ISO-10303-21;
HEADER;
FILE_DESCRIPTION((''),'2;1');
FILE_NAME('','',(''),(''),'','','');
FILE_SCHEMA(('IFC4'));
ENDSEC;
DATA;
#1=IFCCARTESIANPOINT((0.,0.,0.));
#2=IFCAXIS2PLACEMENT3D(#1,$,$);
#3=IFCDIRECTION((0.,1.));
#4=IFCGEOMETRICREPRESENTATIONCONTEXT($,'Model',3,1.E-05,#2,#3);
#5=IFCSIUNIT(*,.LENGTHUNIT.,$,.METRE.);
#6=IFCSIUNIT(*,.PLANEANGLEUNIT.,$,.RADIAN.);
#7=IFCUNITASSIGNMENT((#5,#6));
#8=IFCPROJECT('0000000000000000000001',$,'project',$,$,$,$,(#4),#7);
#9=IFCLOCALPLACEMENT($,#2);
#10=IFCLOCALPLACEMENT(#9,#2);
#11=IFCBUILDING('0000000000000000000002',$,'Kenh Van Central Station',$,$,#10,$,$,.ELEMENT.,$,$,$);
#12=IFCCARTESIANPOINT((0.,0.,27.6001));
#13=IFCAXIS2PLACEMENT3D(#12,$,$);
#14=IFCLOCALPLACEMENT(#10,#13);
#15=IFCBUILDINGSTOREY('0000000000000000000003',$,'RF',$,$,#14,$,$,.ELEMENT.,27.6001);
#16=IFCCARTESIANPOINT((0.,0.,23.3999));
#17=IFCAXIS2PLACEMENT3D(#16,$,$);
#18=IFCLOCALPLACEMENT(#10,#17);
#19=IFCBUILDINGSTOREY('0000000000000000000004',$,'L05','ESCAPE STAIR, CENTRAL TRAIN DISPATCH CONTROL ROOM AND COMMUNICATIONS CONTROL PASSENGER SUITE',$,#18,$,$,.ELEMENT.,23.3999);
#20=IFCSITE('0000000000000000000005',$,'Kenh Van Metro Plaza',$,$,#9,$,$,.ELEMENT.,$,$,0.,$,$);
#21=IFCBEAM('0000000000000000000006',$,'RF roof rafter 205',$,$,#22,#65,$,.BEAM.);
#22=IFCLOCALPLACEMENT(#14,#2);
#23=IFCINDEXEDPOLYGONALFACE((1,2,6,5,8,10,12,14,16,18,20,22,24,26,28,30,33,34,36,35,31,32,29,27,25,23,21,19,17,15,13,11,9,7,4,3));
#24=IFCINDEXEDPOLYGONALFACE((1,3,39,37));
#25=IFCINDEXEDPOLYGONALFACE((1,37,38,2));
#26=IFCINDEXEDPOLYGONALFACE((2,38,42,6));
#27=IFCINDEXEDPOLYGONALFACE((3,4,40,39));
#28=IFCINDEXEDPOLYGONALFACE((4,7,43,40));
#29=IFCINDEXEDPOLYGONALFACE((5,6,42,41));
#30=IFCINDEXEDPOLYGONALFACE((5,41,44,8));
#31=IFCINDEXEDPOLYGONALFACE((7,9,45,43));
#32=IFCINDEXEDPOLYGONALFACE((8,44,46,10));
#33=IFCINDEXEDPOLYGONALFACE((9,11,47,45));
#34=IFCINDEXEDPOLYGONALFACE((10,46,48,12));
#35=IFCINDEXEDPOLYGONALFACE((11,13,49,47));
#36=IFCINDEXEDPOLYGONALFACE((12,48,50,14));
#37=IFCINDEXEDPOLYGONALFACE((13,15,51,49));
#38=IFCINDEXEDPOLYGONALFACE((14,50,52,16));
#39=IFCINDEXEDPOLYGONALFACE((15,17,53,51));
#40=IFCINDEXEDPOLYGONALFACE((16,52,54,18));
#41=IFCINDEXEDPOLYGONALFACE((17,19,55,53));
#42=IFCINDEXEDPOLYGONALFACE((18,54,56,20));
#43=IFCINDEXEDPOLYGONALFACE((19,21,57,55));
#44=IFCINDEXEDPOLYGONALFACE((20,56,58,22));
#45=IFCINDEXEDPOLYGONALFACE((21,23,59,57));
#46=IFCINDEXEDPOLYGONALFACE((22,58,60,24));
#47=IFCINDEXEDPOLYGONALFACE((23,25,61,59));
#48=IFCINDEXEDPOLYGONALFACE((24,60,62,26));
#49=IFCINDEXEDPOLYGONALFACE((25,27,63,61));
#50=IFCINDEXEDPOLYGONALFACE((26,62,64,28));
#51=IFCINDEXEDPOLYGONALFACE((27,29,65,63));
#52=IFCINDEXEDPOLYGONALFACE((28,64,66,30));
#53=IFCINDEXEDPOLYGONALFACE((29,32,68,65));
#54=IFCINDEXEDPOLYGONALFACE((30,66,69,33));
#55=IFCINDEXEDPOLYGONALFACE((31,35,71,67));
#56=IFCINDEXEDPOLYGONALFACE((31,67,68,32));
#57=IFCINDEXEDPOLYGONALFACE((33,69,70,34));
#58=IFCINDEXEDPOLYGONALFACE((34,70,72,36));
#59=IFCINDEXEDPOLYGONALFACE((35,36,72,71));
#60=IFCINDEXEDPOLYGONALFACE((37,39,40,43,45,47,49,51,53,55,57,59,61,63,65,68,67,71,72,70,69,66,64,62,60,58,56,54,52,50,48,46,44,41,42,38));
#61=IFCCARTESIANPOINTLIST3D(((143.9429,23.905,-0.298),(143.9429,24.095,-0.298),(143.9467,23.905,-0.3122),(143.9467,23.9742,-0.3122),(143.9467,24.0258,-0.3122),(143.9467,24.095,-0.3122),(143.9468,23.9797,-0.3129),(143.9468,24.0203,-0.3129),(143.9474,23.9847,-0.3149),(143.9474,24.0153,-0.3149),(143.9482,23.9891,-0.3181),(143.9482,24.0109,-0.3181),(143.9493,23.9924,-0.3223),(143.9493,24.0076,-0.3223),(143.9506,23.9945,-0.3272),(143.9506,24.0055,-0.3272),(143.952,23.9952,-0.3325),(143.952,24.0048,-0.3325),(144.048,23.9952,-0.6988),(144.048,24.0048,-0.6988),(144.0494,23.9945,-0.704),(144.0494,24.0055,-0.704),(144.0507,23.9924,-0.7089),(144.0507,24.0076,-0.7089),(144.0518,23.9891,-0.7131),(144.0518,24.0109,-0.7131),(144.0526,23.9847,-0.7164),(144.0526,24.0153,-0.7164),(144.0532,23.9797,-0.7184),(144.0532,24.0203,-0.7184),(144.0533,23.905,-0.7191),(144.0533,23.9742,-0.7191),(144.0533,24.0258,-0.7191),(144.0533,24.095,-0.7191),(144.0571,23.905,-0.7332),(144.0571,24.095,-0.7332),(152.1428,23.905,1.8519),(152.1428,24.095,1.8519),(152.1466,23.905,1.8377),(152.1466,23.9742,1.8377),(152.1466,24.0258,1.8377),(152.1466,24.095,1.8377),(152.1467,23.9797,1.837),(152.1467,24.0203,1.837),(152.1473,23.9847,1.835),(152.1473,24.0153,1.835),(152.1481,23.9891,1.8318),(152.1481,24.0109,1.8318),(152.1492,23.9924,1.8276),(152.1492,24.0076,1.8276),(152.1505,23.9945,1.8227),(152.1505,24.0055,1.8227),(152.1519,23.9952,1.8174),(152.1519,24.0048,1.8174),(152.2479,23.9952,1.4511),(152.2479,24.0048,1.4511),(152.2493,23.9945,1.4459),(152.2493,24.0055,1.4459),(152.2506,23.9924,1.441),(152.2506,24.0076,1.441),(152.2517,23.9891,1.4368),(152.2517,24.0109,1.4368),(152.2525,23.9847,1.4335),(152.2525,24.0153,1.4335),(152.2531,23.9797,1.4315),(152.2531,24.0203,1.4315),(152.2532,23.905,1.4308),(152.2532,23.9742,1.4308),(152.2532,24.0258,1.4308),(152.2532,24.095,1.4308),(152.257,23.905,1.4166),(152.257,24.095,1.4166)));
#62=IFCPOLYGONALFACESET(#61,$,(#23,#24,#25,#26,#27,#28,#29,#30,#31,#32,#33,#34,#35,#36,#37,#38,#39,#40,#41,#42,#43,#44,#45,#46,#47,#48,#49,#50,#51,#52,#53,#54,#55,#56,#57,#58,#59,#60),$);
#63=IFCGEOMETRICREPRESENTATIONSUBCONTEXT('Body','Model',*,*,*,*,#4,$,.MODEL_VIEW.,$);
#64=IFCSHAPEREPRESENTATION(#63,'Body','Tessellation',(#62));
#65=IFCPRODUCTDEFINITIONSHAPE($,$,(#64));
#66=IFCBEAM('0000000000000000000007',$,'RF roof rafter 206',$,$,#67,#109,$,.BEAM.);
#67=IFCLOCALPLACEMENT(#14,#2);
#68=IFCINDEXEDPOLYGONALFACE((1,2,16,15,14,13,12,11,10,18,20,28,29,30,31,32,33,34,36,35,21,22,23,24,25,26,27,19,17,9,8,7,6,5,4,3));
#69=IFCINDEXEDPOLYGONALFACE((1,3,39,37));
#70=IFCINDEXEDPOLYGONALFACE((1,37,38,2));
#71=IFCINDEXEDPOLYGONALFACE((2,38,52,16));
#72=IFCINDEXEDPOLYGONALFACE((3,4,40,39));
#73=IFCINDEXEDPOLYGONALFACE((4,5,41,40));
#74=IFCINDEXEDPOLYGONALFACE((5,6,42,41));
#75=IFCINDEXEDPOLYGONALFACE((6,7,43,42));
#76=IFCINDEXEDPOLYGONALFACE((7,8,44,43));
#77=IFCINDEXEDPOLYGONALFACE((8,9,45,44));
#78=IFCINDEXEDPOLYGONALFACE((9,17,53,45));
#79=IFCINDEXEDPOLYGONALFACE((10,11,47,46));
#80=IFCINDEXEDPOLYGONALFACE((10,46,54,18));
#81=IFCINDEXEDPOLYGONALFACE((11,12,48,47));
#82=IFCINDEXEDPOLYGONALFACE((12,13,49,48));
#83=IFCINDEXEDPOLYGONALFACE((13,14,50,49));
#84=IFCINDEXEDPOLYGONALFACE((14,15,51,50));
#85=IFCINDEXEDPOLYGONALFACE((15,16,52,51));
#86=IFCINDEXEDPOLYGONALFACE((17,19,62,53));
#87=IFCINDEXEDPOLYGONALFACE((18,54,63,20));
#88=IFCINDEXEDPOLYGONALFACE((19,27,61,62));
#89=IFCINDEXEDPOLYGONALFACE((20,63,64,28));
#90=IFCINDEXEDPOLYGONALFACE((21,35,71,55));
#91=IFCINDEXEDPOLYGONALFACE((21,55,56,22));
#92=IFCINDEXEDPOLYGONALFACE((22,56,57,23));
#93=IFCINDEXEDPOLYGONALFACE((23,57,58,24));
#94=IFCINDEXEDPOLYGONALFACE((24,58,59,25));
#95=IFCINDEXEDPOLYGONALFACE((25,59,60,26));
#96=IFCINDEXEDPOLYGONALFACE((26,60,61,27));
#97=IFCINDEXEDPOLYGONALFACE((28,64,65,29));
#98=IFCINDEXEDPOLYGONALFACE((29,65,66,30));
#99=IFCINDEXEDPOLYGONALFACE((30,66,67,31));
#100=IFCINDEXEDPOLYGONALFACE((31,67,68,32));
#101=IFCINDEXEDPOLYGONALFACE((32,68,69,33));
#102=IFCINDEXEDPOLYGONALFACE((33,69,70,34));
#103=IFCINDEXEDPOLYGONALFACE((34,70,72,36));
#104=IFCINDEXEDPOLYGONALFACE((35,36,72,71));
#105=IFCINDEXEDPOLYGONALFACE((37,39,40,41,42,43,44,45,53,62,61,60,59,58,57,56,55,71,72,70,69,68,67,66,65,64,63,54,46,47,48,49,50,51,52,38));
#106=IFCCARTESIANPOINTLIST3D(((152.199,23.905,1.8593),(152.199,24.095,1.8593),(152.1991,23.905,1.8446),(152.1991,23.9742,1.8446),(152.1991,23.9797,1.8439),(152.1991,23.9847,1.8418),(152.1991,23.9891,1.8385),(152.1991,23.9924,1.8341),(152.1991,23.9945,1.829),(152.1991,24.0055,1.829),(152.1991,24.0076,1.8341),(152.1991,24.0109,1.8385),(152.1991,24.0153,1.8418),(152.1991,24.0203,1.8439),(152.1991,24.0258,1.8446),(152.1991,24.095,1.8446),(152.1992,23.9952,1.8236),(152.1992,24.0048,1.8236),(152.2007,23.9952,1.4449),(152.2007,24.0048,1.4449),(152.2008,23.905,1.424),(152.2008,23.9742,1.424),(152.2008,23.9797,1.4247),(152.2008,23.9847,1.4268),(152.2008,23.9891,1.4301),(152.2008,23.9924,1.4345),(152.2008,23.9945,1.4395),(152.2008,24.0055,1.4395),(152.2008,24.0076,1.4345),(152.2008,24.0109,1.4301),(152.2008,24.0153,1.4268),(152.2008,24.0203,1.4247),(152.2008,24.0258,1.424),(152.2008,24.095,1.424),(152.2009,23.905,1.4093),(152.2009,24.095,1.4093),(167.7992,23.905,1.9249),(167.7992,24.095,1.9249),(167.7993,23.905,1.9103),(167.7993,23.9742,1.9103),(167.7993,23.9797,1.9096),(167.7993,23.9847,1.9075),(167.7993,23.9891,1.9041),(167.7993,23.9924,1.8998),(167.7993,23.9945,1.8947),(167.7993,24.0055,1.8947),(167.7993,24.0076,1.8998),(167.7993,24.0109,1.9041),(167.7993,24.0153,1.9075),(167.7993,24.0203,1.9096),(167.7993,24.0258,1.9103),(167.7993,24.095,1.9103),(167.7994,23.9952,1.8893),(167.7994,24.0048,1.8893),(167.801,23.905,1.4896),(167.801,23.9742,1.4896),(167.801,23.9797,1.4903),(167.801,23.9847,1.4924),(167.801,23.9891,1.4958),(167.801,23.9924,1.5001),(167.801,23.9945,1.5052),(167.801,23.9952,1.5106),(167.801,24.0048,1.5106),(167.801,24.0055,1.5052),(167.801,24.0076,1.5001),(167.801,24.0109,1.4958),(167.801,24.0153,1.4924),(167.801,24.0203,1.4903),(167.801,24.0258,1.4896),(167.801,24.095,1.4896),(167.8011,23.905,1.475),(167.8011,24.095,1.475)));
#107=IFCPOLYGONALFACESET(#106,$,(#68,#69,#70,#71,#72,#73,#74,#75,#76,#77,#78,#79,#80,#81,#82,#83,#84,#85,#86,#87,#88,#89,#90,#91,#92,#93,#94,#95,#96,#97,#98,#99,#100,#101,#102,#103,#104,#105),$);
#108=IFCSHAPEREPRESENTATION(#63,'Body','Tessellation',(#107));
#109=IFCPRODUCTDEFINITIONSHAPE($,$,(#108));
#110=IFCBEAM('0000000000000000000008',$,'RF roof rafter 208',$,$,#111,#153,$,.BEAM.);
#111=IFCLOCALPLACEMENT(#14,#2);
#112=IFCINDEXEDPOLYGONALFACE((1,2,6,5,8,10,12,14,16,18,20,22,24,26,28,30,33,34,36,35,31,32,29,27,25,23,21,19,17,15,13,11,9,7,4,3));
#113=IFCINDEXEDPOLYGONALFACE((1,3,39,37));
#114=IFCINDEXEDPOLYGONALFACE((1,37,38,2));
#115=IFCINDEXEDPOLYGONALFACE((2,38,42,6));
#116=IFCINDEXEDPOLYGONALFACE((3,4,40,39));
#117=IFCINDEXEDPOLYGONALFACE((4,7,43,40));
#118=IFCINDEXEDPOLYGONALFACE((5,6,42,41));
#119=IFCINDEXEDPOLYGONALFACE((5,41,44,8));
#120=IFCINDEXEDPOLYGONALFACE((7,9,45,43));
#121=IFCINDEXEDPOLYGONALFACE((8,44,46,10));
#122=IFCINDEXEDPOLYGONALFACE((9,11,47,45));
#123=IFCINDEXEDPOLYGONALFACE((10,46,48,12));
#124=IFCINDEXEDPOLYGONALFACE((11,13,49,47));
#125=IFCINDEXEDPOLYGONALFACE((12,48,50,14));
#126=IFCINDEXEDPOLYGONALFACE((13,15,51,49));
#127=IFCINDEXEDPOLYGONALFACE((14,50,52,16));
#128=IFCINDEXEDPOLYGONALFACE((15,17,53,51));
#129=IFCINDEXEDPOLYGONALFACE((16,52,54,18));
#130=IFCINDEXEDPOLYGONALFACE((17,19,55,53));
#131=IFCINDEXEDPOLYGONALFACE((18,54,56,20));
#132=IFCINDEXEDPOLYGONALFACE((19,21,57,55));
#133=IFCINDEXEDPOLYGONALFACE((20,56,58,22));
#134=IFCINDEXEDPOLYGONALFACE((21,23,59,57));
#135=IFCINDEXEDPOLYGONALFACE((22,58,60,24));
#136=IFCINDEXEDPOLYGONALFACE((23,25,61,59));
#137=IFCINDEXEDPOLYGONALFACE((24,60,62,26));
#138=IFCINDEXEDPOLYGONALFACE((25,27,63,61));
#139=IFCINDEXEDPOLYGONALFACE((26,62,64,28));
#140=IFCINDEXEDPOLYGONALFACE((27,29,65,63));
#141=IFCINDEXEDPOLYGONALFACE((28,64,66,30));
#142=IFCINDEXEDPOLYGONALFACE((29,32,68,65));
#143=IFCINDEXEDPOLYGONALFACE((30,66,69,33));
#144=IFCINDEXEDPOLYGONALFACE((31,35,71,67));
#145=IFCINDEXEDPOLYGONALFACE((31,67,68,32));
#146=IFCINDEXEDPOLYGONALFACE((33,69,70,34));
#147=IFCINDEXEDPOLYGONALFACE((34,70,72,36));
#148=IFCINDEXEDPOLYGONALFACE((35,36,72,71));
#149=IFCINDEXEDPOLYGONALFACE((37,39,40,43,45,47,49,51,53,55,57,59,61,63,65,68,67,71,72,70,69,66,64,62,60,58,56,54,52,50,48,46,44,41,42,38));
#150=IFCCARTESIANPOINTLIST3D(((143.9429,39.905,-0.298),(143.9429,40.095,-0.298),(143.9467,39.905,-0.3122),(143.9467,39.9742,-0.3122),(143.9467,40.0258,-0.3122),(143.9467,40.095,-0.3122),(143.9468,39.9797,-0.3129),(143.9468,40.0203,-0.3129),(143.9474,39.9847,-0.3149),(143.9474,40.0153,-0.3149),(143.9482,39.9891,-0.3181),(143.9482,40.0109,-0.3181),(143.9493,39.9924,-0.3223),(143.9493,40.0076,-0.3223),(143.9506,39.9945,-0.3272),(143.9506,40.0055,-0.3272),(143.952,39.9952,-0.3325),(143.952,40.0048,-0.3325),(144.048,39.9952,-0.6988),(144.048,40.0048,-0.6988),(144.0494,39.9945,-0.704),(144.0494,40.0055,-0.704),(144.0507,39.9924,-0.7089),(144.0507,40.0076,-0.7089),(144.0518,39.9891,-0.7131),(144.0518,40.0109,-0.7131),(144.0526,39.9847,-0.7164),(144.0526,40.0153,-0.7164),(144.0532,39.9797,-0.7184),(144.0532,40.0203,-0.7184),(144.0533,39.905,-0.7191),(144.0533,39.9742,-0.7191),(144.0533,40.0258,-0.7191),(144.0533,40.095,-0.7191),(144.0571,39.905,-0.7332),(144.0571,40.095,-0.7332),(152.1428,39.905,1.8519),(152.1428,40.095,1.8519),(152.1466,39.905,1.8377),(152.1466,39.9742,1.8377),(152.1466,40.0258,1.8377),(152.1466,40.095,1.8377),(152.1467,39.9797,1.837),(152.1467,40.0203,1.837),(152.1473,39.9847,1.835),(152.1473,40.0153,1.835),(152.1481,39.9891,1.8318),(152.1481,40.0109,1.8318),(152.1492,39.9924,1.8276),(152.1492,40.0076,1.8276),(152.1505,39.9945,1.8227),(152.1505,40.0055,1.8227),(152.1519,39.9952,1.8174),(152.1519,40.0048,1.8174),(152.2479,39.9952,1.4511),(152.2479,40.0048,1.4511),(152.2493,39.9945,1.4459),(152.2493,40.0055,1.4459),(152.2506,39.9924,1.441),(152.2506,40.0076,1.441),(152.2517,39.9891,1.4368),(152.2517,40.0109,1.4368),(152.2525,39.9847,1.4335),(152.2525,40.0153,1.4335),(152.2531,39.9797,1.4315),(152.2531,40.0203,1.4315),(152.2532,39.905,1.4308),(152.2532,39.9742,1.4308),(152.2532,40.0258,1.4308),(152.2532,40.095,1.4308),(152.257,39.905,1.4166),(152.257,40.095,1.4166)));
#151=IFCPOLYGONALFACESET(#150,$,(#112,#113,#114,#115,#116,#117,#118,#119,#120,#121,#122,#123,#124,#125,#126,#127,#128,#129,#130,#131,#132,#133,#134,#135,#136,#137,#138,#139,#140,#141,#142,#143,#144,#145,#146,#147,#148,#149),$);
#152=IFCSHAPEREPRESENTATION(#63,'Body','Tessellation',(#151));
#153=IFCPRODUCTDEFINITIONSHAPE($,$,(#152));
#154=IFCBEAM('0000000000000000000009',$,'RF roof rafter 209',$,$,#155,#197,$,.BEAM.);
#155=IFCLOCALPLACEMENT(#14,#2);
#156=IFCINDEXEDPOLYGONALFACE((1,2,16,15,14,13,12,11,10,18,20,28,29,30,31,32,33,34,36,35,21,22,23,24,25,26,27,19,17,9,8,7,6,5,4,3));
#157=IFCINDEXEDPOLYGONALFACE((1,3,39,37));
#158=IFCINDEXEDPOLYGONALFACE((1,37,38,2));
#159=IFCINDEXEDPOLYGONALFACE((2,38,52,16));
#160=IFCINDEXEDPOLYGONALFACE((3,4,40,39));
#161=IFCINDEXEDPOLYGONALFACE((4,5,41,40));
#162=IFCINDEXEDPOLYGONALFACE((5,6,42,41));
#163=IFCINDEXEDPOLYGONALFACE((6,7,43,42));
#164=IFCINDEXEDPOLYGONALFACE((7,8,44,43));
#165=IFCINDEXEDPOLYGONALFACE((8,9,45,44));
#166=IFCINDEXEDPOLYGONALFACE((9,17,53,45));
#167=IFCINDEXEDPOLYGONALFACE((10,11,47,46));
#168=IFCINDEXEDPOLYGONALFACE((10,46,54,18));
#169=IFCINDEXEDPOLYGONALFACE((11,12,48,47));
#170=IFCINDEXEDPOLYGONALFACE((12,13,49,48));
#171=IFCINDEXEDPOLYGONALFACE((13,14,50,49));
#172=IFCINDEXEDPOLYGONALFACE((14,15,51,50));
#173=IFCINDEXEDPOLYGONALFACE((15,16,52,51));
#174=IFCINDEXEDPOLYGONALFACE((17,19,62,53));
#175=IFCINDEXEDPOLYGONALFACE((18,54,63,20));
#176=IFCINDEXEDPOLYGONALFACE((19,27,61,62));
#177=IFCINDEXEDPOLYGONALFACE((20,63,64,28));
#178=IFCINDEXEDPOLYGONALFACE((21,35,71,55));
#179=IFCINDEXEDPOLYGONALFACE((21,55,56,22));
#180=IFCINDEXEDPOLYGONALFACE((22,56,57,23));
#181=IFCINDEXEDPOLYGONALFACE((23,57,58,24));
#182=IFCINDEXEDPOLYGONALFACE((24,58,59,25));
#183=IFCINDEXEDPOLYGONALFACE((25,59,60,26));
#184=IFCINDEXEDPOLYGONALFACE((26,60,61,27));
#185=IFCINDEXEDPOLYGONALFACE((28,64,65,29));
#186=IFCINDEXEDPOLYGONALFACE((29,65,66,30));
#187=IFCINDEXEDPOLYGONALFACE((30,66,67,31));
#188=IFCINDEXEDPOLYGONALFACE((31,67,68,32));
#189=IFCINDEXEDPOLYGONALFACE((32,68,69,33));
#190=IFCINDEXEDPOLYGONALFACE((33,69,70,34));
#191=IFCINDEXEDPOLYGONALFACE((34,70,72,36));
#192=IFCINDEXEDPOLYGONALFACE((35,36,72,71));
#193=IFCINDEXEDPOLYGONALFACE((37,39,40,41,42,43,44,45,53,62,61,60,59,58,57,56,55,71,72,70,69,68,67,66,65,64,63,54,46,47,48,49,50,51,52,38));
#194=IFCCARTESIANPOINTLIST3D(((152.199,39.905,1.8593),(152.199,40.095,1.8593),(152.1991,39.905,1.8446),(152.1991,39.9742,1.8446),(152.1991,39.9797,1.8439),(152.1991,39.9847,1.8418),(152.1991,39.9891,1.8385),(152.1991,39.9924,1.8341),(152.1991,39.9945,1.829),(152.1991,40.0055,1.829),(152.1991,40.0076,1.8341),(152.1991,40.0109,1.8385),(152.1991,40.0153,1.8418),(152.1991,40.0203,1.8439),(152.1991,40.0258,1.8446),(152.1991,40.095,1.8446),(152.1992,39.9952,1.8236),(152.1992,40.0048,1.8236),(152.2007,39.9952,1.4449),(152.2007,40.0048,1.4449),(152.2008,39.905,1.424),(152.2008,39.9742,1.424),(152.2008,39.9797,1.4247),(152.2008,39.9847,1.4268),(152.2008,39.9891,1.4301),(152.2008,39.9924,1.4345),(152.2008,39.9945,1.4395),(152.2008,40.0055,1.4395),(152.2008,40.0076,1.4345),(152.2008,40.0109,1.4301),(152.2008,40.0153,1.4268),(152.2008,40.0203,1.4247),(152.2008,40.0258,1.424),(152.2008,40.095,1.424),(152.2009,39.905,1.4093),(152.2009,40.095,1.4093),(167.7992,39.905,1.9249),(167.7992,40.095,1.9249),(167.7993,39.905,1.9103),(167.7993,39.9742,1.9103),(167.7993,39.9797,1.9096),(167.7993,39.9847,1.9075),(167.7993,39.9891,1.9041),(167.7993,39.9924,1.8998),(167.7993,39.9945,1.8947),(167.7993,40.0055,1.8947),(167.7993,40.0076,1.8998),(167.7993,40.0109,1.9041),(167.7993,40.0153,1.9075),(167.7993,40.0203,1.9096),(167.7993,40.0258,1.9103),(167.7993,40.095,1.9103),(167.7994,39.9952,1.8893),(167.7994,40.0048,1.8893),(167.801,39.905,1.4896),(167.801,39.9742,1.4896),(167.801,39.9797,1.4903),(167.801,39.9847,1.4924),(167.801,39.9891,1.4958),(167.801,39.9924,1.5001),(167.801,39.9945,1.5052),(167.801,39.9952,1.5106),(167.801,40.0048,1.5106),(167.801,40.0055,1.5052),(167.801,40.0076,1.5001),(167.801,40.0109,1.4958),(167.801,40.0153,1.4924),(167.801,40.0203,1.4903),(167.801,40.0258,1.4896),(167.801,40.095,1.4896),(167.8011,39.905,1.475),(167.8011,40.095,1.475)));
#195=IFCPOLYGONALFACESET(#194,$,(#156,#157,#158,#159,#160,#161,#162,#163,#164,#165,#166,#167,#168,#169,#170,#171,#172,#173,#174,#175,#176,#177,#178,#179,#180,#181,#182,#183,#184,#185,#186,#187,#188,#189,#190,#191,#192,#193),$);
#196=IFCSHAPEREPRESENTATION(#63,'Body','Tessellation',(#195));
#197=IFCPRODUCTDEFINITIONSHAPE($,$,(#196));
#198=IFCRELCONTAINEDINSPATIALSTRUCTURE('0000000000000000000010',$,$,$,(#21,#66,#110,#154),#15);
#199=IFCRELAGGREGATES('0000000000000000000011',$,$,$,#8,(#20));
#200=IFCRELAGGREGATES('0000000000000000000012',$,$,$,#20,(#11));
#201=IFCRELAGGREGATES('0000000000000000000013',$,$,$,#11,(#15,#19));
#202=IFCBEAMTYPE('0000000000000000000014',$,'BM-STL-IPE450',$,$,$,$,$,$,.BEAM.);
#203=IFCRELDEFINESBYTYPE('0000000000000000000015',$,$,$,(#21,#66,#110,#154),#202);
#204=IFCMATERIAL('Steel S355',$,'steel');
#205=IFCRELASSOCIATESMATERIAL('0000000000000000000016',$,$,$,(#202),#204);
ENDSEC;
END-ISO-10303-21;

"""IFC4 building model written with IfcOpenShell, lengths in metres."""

from ifc_helpers import new_model, si_unit, direction, frame, origin, origin_2d, place, context, subcontext, project, spatial, i_section, extrude, material, material_profile, profile_set, type_object, element, save


model = new_model("IFC4")

# Units and contexts
model_context = context("Model", 3, precision=1e-05, world=origin(), true_north=direction((0.0, 1.0)))
body_context = subcontext(model_context, "Body", "Model", "MODEL_VIEW")
ifc_project = project(units=[si_unit("LENGTHUNIT", "METRE"), si_unit("PLANEANGLEUNIT", "RADIAN")], contexts=[model_context])

# Site, building, storey
site_placement = place(None, origin())
site = spatial("IfcSite", under=ifc_project, at=site_placement, Name="Kenh Van Metro Plaza", CompositionType="ELEMENT", RefElevation=0.0)
building_placement = place(site_placement, origin())
building = spatial("IfcBuilding", under=site, at=building_placement, Name="Kenh Van Central Station", CompositionType="ELEMENT")
storey_1_placement = place(building_placement, frame((0.0, 0.0, 27.6001)))
storey_1 = spatial("IfcBuildingStorey", under=building, at=storey_1_placement, Name="RF", CompositionType="ELEMENT", Elevation=27.6001)

# Beams
ifc_material_1 = material(Name="Steel S355", Category="steel")
ifc_material_profile_1 = material_profile(ifc_material_1, i_section(OverallWidth=0.1899, OverallDepth=0.45, WebThickness=0.0095, FlangeThickness=0.0146, FilletRadius=0.021, at=origin_2d()), Name="IPE 450")
ifc_profile_set_1 = profile_set([ifc_material_profile_1], Name="Steel S355")
beam_type = type_object("IfcBeamType", Name="BM-STL-IPE450", PredefinedType="BEAM", material=ifc_profile_set_1)
beam_1_placement = place(storey_1_placement, frame((144.0, 24.0, -0.5156), z_axis=(0.967306, 0.0, 0.253613), x_axis=(0.0, 1.0, 0.0)))
element("IfcBeam", 1, at=beam_1_placement, inside=storey_1, type_object=beam_type, Name="RF roof rafter 205", PredefinedType="BEAM", context=body_context, shape_type="SweptSolid", body=[
    extrude(i_section(OverallWidth=0.1899, OverallDepth=0.45, WebThickness=0.0095, FlangeThickness=0.0146, FilletRadius=0.021, at=origin_2d()), origin(), (0.0, 0.0, 1.0), 8.4771),
])
beam_2_placement = place(storey_1_placement, frame((152.2, 24.0, 1.6343), z_axis=(0.999991, 0.0, 0.00421), x_axis=(0.0, 1.0, 0.0)))
element("IfcBeam", 2, at=beam_2_placement, inside=storey_1, type_object=beam_type, Name="RF roof rafter 206", PredefinedType="BEAM", context=body_context, shape_type="SweptSolid", body=[
    extrude(i_section(OverallWidth=0.1899, OverallDepth=0.45, WebThickness=0.0095, FlangeThickness=0.0146, FilletRadius=0.021, at=origin_2d()), origin(), (0.0, 0.0, 1.0), 15.6003),
])
beam_3_placement = place(storey_1_placement, frame((144.0, 40.0, -0.5156), z_axis=(0.967306, 0.0, 0.253613), x_axis=(0.0, 1.0, 0.0)))
element("IfcBeam", 3, at=beam_3_placement, inside=storey_1, type_object=beam_type, Name="RF roof rafter 208", PredefinedType="BEAM", context=body_context, shape_type="SweptSolid", body=[
    extrude(i_section(OverallWidth=0.1899, OverallDepth=0.45, WebThickness=0.0095, FlangeThickness=0.0146, FilletRadius=0.021, at=origin_2d()), origin(), (0.0, 0.0, 1.0), 8.4771),
])
beam_4_placement = place(storey_1_placement, frame((152.2, 40.0, 1.6343), z_axis=(0.999991, 0.0, 0.00421), x_axis=(0.0, 1.0, 0.0)))
element("IfcBeam", 4, at=beam_4_placement, inside=storey_1, type_object=beam_type, Name="RF roof rafter 209", PredefinedType="BEAM", context=body_context, shape_type="SweptSolid", body=[
    extrude(i_section(OverallWidth=0.1899, OverallDepth=0.45, WebThickness=0.0095, FlangeThickness=0.0146, FilletRadius=0.021, at=origin_2d()), origin(), (0.0, 0.0, 1.0), 15.6003),
])

# Shared definitions
storey_2_placement = place(building_placement, frame((0.0, 0.0, 23.3999)))
storey_2 = spatial("IfcBuildingStorey", under=building, at=storey_2_placement, Name="L05", Description="ESCAPE STAIR, CENTRAL TRAIN DISPATCH CONTROL ROOM AND COMMUNICATIONS CONTROL PASSENGER SUITE", CompositionType="ELEMENT", Elevation=23.3999)

save(model, "model.ifc")
